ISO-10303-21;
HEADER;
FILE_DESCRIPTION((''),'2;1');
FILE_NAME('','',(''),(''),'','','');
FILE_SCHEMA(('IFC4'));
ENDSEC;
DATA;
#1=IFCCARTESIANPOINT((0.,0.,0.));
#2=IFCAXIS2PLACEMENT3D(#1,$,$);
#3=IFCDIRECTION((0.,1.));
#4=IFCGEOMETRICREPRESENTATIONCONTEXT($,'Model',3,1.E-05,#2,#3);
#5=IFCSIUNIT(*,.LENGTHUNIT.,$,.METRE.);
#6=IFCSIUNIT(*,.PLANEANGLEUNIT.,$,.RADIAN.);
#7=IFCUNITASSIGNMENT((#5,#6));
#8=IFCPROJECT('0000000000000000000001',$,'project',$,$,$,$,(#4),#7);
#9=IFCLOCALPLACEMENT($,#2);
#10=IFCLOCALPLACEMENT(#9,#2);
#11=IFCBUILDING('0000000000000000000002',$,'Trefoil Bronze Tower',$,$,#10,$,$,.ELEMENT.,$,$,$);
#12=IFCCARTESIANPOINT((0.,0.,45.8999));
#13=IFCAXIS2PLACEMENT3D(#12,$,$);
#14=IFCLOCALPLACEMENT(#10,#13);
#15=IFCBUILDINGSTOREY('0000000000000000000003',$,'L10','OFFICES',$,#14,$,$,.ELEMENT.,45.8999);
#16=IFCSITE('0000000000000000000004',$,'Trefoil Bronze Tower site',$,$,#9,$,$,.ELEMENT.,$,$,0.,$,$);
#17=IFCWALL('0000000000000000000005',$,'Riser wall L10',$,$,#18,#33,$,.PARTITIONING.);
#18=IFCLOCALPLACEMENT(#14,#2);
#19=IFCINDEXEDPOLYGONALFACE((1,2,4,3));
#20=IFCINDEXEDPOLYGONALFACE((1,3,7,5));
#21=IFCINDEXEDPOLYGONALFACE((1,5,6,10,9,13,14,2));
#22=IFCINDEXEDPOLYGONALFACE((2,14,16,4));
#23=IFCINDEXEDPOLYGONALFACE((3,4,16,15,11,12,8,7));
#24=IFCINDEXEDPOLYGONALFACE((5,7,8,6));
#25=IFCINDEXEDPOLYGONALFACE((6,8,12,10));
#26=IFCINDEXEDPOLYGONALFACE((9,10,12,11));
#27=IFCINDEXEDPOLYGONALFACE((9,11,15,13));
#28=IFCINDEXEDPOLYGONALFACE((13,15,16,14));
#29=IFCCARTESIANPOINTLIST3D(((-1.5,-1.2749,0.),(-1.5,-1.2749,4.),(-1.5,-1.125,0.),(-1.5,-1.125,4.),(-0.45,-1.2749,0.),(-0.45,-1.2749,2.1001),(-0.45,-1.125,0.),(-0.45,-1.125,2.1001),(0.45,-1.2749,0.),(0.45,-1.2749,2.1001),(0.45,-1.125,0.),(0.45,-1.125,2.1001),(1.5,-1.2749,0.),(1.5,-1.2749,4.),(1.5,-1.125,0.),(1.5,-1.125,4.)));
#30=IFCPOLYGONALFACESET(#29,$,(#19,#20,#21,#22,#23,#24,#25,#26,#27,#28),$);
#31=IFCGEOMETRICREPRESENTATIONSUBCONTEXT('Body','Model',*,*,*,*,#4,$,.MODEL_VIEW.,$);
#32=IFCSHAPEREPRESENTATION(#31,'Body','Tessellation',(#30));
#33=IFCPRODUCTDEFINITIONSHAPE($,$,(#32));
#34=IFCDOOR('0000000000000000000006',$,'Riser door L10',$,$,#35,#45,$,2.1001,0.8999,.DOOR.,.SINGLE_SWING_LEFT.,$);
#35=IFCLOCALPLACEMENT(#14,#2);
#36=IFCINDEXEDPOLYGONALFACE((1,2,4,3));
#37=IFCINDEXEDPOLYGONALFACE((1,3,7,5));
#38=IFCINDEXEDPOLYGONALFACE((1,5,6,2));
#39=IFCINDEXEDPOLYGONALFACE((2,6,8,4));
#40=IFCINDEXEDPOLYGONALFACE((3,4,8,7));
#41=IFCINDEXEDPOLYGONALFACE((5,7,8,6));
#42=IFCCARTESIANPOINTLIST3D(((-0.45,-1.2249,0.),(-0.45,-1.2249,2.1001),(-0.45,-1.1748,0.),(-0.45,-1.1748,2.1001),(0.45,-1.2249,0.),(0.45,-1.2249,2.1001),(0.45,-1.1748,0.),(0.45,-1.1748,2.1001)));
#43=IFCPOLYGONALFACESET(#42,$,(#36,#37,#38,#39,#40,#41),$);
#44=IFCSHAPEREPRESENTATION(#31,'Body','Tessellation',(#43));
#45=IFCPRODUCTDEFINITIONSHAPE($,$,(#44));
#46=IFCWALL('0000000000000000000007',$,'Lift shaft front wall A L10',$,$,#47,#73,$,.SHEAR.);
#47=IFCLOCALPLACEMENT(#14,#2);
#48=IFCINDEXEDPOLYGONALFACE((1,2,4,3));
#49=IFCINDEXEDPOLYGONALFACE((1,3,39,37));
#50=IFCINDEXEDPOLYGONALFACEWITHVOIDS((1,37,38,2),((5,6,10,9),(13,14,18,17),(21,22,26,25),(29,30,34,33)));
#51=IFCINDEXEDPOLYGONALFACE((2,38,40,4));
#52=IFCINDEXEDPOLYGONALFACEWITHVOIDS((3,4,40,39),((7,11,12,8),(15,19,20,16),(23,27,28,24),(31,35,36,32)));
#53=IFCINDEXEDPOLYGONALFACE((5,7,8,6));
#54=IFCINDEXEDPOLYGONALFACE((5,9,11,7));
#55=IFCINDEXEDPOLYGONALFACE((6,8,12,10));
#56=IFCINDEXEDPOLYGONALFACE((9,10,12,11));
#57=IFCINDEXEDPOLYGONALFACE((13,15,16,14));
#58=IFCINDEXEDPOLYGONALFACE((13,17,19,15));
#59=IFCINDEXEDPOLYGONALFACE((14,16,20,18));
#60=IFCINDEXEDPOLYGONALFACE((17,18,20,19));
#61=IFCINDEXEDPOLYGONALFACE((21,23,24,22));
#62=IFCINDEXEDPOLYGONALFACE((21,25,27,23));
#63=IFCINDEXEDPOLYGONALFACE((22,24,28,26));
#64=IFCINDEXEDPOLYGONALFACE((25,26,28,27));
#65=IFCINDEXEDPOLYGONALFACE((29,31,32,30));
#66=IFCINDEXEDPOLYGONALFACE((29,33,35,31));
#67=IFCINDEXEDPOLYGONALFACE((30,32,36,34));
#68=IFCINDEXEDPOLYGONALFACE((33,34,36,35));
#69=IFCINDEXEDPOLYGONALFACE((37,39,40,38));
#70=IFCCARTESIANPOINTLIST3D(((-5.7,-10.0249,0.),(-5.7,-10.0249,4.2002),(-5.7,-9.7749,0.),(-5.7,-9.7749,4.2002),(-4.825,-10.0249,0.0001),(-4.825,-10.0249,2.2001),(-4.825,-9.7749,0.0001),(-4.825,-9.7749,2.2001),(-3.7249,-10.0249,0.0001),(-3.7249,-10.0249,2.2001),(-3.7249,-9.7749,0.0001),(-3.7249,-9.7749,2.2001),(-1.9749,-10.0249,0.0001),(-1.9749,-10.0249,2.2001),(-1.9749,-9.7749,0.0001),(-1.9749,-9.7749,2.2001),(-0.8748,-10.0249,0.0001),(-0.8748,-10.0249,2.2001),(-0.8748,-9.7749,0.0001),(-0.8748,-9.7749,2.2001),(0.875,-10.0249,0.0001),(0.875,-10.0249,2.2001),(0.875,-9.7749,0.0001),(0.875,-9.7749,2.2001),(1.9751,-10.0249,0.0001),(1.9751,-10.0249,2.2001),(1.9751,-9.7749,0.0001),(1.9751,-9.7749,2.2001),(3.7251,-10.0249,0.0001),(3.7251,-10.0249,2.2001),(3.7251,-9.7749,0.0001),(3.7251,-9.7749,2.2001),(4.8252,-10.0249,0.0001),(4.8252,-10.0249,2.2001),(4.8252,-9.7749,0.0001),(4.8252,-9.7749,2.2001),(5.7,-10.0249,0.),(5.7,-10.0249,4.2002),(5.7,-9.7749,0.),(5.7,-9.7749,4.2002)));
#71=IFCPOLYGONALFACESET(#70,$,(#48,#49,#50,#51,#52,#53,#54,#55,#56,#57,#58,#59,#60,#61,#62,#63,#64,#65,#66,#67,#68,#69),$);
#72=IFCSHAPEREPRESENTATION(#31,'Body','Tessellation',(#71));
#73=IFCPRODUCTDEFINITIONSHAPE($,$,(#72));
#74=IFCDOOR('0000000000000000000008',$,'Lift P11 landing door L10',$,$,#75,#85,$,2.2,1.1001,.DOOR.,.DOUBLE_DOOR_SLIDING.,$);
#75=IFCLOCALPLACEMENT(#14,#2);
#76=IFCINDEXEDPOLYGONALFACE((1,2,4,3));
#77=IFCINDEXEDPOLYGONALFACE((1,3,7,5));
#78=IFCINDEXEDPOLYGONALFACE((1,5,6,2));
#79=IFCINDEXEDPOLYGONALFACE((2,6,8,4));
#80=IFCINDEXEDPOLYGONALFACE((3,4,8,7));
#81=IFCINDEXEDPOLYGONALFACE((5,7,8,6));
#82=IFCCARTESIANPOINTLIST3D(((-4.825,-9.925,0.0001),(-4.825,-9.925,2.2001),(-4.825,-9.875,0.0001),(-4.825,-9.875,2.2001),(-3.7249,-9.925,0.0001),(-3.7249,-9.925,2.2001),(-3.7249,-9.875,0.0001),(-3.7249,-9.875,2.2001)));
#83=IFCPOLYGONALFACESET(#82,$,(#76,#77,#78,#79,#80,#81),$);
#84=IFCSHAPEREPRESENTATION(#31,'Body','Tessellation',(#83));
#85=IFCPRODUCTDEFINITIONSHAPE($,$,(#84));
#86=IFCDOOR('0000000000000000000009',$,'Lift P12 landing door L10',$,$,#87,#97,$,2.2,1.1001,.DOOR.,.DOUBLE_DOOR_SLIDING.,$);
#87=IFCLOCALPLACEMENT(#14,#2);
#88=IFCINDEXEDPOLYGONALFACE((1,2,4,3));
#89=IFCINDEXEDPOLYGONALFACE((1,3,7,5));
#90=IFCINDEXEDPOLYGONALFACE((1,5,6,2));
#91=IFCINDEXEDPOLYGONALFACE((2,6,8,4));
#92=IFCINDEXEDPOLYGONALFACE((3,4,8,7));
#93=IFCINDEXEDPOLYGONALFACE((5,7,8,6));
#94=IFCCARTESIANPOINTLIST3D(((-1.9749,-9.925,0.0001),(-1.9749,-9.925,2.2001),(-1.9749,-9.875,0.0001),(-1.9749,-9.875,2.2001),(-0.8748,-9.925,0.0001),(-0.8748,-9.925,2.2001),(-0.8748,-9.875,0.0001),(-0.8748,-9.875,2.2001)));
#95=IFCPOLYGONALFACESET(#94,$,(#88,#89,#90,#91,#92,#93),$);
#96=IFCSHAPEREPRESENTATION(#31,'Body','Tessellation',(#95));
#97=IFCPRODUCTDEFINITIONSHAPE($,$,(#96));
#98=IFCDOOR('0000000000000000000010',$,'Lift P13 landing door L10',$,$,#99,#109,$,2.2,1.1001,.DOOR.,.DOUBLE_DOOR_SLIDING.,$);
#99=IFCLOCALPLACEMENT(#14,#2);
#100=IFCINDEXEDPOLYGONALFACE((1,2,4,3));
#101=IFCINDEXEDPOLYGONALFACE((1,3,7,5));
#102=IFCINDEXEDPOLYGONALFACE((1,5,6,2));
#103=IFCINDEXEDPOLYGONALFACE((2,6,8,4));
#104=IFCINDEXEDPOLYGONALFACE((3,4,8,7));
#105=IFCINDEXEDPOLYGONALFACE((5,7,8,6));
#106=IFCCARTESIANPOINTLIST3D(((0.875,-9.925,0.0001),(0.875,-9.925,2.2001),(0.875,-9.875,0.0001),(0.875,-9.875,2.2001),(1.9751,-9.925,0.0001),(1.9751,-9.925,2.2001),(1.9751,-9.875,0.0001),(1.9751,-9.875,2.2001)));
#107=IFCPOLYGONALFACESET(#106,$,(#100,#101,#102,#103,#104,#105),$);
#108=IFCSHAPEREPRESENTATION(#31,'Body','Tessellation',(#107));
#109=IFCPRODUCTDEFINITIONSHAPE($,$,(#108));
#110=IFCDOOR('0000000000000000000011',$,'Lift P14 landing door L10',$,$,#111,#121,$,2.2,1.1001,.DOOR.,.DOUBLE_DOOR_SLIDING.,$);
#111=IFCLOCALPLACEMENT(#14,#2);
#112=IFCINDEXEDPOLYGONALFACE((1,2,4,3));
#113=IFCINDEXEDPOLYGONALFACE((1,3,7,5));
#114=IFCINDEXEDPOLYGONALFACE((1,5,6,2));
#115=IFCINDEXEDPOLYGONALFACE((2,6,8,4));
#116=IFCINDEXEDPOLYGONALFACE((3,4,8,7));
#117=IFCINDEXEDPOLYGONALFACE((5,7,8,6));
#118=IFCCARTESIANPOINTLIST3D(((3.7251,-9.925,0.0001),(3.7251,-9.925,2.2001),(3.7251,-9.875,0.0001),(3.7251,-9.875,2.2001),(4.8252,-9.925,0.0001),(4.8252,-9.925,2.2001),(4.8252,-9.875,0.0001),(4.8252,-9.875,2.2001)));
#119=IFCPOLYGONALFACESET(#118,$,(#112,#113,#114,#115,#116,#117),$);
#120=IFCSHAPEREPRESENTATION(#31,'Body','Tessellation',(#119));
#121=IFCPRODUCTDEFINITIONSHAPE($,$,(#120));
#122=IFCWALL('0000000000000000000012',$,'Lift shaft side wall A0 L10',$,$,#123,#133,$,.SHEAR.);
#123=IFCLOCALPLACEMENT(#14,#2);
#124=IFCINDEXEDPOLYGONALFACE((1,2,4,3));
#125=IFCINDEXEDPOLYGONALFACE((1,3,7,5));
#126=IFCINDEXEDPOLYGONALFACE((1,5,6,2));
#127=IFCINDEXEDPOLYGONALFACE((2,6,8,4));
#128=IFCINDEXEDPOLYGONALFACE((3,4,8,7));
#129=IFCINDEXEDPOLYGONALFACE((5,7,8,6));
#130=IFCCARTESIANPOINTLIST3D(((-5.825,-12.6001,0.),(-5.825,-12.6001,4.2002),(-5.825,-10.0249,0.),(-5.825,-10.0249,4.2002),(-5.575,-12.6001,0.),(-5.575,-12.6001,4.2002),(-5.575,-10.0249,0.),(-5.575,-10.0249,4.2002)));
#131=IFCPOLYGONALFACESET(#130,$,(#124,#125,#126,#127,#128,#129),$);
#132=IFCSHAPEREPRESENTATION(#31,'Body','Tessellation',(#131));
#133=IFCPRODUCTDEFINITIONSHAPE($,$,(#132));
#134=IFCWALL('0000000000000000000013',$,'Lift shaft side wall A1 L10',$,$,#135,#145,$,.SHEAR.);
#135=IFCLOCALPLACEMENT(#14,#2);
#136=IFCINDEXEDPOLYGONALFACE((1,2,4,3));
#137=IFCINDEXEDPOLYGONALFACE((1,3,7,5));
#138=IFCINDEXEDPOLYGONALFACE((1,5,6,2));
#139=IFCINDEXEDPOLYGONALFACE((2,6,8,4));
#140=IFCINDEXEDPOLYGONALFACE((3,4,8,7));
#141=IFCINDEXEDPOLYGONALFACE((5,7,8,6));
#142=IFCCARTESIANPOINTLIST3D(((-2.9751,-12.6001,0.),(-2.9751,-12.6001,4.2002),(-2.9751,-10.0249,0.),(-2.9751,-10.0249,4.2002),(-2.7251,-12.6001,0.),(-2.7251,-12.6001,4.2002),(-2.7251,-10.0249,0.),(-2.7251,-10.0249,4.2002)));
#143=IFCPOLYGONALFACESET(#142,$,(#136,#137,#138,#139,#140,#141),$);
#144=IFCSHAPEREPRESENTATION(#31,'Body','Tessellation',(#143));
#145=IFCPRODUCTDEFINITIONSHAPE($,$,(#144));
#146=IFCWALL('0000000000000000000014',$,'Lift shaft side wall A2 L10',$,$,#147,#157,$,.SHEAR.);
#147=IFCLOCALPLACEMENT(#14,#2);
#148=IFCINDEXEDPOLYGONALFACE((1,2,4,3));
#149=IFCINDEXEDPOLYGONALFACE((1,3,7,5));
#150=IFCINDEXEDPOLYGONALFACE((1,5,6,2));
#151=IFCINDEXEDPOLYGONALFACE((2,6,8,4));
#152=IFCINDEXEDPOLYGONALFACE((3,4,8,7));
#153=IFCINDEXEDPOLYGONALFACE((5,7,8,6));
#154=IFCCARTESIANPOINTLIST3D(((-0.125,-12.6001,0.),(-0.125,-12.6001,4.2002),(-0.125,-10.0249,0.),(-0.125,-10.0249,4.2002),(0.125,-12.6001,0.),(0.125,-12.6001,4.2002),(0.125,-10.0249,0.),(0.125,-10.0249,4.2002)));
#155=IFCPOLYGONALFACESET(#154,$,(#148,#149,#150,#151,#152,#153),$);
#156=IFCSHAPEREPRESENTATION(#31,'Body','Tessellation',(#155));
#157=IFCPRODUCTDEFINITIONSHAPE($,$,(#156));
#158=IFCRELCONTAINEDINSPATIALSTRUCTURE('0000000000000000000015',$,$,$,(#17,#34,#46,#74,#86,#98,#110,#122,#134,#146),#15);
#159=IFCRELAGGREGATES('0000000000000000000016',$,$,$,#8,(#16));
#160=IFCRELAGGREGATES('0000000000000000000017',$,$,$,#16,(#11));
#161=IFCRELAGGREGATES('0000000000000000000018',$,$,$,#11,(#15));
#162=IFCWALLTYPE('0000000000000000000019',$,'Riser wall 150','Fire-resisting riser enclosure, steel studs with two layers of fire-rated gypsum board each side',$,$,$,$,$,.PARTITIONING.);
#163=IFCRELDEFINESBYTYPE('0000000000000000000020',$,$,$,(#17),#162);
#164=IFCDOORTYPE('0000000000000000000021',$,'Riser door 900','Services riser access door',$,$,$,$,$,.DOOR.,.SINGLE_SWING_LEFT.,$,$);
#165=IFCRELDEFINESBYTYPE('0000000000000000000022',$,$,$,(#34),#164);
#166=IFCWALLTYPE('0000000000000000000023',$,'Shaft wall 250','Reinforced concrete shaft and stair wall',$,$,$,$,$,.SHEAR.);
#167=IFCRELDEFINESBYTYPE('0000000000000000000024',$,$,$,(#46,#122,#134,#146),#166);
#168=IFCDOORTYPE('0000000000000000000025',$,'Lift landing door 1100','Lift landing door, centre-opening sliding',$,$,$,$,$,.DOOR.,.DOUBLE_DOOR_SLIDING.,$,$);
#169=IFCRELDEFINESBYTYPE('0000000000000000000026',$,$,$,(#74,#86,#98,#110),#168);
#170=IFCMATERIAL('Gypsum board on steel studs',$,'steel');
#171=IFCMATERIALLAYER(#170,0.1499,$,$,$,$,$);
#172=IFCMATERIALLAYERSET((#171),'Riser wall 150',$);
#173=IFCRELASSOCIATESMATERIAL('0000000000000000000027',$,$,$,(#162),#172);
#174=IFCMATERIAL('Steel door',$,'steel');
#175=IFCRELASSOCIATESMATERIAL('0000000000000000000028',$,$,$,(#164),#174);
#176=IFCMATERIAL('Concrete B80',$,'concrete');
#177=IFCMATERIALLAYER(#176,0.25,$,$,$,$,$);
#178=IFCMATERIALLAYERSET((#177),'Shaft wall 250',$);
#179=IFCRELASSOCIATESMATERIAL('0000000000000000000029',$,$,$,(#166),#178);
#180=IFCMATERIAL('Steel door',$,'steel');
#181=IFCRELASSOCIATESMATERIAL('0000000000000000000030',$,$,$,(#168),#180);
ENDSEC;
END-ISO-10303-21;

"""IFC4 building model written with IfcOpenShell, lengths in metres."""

from ifc_helpers import new_model, si_unit, direction, frame, frame_2d, origin, place, context, subcontext, project, spatial, rectangle, extrude, material, layer, layer_set, type_object, element, fill, save


model = new_model("IFC4")

# Units and contexts
model_context = context("Model", 3, precision=1e-05, world=origin(), true_north=direction((0.0, 1.0)))
body_context = subcontext(model_context, "Body", "Model", "MODEL_VIEW")
ifc_project = project(units=[si_unit("LENGTHUNIT", "METRE"), si_unit("PLANEANGLEUNIT", "RADIAN")], contexts=[model_context])

# Site, building, storey
site_placement = place(None, origin())
site = spatial("IfcSite", under=ifc_project, at=site_placement, Name="Trefoil Bronze Tower site", CompositionType="ELEMENT", RefElevation=0.0)
building_placement = place(site_placement, origin())
building = spatial("IfcBuilding", under=site, at=building_placement, Name="Trefoil Bronze Tower", CompositionType="ELEMENT")
storey_placement = place(building_placement, frame((0.0, 0.0, 45.8999)))
storey = spatial("IfcBuildingStorey", under=building, at=storey_placement, Name="L10", Description="OFFICES", CompositionType="ELEMENT", Elevation=45.8999)

# Wall, opening, door
ifc_material_1 = material(Name="Gypsum board on steel studs", Category="steel")
ifc_layer_1 = layer(ifc_material_1, 0.1499)
ifc_layer_set_1 = layer_set([ifc_layer_1], Name="Riser wall 150")
wall_type_1 = type_object("IfcWallType", Name="Riser wall 150", Description="Fire-resisting riser enclosure, steel studs with two layers of fire-rated gypsum board each side", PredefinedType="PARTITIONING", material=ifc_layer_set_1)
wall_1_placement = place(storey_placement, frame((-1.5, -1.2, 0.0), z_axis=(0.0, 0.0, 1.0), x_axis=(1.0, 0.0, 0.0)))
wall_1 = element("IfcWall", 1, at=wall_1_placement, inside=storey, type_object=wall_type_1, Name="Riser wall L10", PredefinedType="PARTITIONING", context=body_context, shape_type="SweptSolid", body=[
    extrude(rectangle(XDim=3.0, YDim=0.1499, at=frame_2d((1.5, 0.0))), origin(), (0.0, 0.0, 1.0), 4.0),
])
opening_1_placement = place(wall_1_placement, frame((1.05, 0.0, 0.0)))
opening_1 = element("IfcOpeningElement", 2, at=opening_1_placement, cuts=wall_1, PredefinedType="OPENING", context=body_context, shape_type="SweptSolid", body=[
    extrude(rectangle(XDim=0.8999, YDim=2.1001, at=frame_2d((0.45, 1.05))), frame((0.0, 0.085, 0.0), z_axis=(0.0, -1.0, 0.0), x_axis=(1.0, 0.0, 0.0)), (0.0, 0.0, 1.0), 0.1699),
])
ifc_material_2 = material(Name="Steel door", Category="steel")
door_type_1 = type_object("IfcDoorType", Name="Riser door 900", Description="Services riser access door", OperationType="SINGLE_SWING_LEFT", PredefinedType="DOOR", material=ifc_material_2)
door_1_placement = place(opening_1_placement, frame((0.8999, 0.0, 0.0), z_axis=(0.0, 0.0, 1.0), x_axis=(-1.0, 0.0, 0.0)))
door_1 = element("IfcDoor", 3, at=door_1_placement, inside=storey, type_object=door_type_1, Name="Riser door L10", OperationType="SINGLE_SWING_LEFT", OverallHeight=2.1001, OverallWidth=0.8999, PredefinedType="DOOR", context=body_context, shape_type="SweptSolid", body=[
    extrude(rectangle(XDim=0.8999, YDim=2.1001, at=frame_2d((0.45, 1.05))), frame((0.0, 0.0249, 0.0), z_axis=(0.0, -1.0, 0.0), x_axis=(1.0, 0.0, 0.0)), (0.0, 0.0, 1.0), 0.05),
])
fill(opening_1, door_1)

# Wall, openings, doors
ifc_material_3 = material(Name="Concrete B80", Category="concrete")
ifc_layer_2 = layer(ifc_material_3, 0.25)
ifc_layer_set_2 = layer_set([ifc_layer_2], Name="Shaft wall 250")
wall_type_2 = type_object("IfcWallType", Name="Shaft wall 250", Description="Reinforced concrete shaft and stair wall", PredefinedType="SHEAR", material=ifc_layer_set_2)
wall_2_placement = place(storey_placement, frame((-5.7, -9.8999, 0.0), z_axis=(0.0, 0.0, 1.0), x_axis=(1.0, 0.0, 0.0)))
wall_2 = element("IfcWall", 4, at=wall_2_placement, inside=storey, type_object=wall_type_2, Name="Lift shaft front wall A L10", PredefinedType="SHEAR", context=body_context, shape_type="SweptSolid", body=[
    extrude(rectangle(XDim=11.3999, YDim=0.25, at=frame_2d((5.7, 0.0))), origin(), (0.0, 0.0, 1.0), 4.2002),
])
opening_2_placement = place(wall_2_placement, frame((0.875, 0.0, 0.0)))
opening_2 = element("IfcOpeningElement", 5, at=opening_2_placement, cuts=wall_2, PredefinedType="OPENING", context=body_context, shape_type="SweptSolid", body=[
    extrude(rectangle(XDim=1.1001, YDim=2.2, at=frame_2d((0.55, 1.1001))), frame((0.0, 0.135, 0.0), z_axis=(0.0, -1.0, 0.0), x_axis=(1.0, 0.0, 0.0)), (0.0, 0.0, 1.0), 0.27),
])
opening_3_placement = place(wall_2_placement, frame((3.7251, 0.0, 0.0)))
opening_3 = element("IfcOpeningElement", 6, at=opening_3_placement, cuts=wall_2, PredefinedType="OPENING", context=body_context, shape_type="SweptSolid", body=[
    extrude(rectangle(XDim=1.1001, YDim=2.2, at=frame_2d((0.55, 1.1001))), frame((0.0, 0.135, 0.0), z_axis=(0.0, -1.0, 0.0), x_axis=(1.0, 0.0, 0.0)), (0.0, 0.0, 1.0), 0.27),
])
opening_4_placement = place(wall_2_placement, frame((6.575, 0.0, 0.0)))
opening_4 = element("IfcOpeningElement", 7, at=opening_4_placement, cuts=wall_2, PredefinedType="OPENING", context=body_context, shape_type="SweptSolid", body=[
    extrude(rectangle(XDim=1.1001, YDim=2.2, at=frame_2d((0.55, 1.1001))), frame((0.0, 0.135, 0.0), z_axis=(0.0, -1.0, 0.0), x_axis=(1.0, 0.0, 0.0)), (0.0, 0.0, 1.0), 0.27),
])
opening_5_placement = place(wall_2_placement, frame((9.425, 0.0, 0.0)))
opening_5 = element("IfcOpeningElement", 8, at=opening_5_placement, cuts=wall_2, PredefinedType="OPENING", context=body_context, shape_type="SweptSolid", body=[
    extrude(rectangle(XDim=1.1001, YDim=2.2, at=frame_2d((0.55, 1.1001))), frame((0.0, 0.135, 0.0), z_axis=(0.0, -1.0, 0.0), x_axis=(1.0, 0.0, 0.0)), (0.0, 0.0, 1.0), 0.27),
])
ifc_material_4 = material(Name="Steel door", Category="steel")
door_type_2 = type_object("IfcDoorType", Name="Lift landing door 1100", Description="Lift landing door, centre-opening sliding", OperationType="DOUBLE_DOOR_SLIDING", PredefinedType="DOOR", material=ifc_material_4)
door_2_placement = place(opening_2_placement, origin())
door_2 = element("IfcDoor", 9, at=door_2_placement, inside=storey, type_object=door_type_2, Name="Lift P11 landing door L10", OperationType="DOUBLE_DOOR_SLIDING", OverallHeight=2.2, OverallWidth=1.1001, PredefinedType="DOOR", context=body_context, shape_type="SweptSolid", body=[
    extrude(rectangle(XDim=1.1001, YDim=2.2, at=frame_2d((0.55, 1.1001))), frame((0.0, 0.0249, 0.0), z_axis=(0.0, -1.0, 0.0), x_axis=(1.0, 0.0, 0.0)), (0.0, 0.0, 1.0), 0.05),
])
fill(opening_2, door_2)
door_3_placement = place(opening_3_placement, origin())
door_3 = element("IfcDoor", 10, at=door_3_placement, inside=storey, type_object=door_type_2, Name="Lift P12 landing door L10", OperationType="DOUBLE_DOOR_SLIDING", OverallHeight=2.2, OverallWidth=1.1001, PredefinedType="DOOR", context=body_context, shape_type="SweptSolid", body=[
    extrude(rectangle(XDim=1.1001, YDim=2.2, at=frame_2d((0.55, 1.1001))), frame((0.0, 0.0249, 0.0), z_axis=(0.0, -1.0, 0.0), x_axis=(1.0, 0.0, 0.0)), (0.0, 0.0, 1.0), 0.05),
])
fill(opening_3, door_3)
door_4_placement = place(opening_4_placement, origin())
door_4 = element("IfcDoor", 11, at=door_4_placement, inside=storey, type_object=door_type_2, Name="Lift P13 landing door L10", OperationType="DOUBLE_DOOR_SLIDING", OverallHeight=2.2, OverallWidth=1.1001, PredefinedType="DOOR", context=body_context, shape_type="SweptSolid", body=[
    extrude(rectangle(XDim=1.1001, YDim=2.2, at=frame_2d((0.55, 1.1001))), frame((0.0, 0.0249, 0.0), z_axis=(0.0, -1.0, 0.0), x_axis=(1.0, 0.0, 0.0)), (0.0, 0.0, 1.0), 0.05),
])
fill(opening_4, door_4)
door_5_placement = place(opening_5_placement, origin())
door_5 = element("IfcDoor", 12, at=door_5_placement, inside=storey, type_object=door_type_2, Name="Lift P14 landing door L10", OperationType="DOUBLE_DOOR_SLIDING", OverallHeight=2.2, OverallWidth=1.1001, PredefinedType="DOOR", context=body_context, shape_type="SweptSolid", body=[
    extrude(rectangle(XDim=1.1001, YDim=2.2, at=frame_2d((0.55, 1.1001))), frame((0.0, 0.0249, 0.0), z_axis=(0.0, -1.0, 0.0), x_axis=(1.0, 0.0, 0.0)), (0.0, 0.0, 1.0), 0.05),
])
fill(opening_5, door_5)

# Walls
for number, where, z_axis, x_axis, name in (
    (13, (-5.7, -10.0249, 0.0), (0.0, 0.0, 1.0), (0.0, -1.0, 0.0), "Lift shaft side wall A0 L10"),
    (14, (-2.8501, -10.0249, 0.0), (0.0, 0.0, 1.0), (0.0, -1.0, 0.0), "Lift shaft side wall A1 L10"),
    (15, (0.0, -10.0249, 0.0), (0.0, 0.0, 1.0), (0.0, -1.0, 0.0), "Lift shaft side wall A2 L10"),
):
    element("IfcWall", number, at=place(storey_placement, frame(where, z_axis=z_axis, x_axis=x_axis)), inside=storey, type_object=wall_type_2, Name=name, PredefinedType="SHEAR", context=body_context, shape_type="SweptSolid", body=[
        extrude(rectangle(XDim=2.5752, YDim=0.25, at=frame_2d((1.2876, 0.0))), origin(), (0.0, 0.0, 1.0), 4.2002),
    ])

save(model, "model.ifc")
